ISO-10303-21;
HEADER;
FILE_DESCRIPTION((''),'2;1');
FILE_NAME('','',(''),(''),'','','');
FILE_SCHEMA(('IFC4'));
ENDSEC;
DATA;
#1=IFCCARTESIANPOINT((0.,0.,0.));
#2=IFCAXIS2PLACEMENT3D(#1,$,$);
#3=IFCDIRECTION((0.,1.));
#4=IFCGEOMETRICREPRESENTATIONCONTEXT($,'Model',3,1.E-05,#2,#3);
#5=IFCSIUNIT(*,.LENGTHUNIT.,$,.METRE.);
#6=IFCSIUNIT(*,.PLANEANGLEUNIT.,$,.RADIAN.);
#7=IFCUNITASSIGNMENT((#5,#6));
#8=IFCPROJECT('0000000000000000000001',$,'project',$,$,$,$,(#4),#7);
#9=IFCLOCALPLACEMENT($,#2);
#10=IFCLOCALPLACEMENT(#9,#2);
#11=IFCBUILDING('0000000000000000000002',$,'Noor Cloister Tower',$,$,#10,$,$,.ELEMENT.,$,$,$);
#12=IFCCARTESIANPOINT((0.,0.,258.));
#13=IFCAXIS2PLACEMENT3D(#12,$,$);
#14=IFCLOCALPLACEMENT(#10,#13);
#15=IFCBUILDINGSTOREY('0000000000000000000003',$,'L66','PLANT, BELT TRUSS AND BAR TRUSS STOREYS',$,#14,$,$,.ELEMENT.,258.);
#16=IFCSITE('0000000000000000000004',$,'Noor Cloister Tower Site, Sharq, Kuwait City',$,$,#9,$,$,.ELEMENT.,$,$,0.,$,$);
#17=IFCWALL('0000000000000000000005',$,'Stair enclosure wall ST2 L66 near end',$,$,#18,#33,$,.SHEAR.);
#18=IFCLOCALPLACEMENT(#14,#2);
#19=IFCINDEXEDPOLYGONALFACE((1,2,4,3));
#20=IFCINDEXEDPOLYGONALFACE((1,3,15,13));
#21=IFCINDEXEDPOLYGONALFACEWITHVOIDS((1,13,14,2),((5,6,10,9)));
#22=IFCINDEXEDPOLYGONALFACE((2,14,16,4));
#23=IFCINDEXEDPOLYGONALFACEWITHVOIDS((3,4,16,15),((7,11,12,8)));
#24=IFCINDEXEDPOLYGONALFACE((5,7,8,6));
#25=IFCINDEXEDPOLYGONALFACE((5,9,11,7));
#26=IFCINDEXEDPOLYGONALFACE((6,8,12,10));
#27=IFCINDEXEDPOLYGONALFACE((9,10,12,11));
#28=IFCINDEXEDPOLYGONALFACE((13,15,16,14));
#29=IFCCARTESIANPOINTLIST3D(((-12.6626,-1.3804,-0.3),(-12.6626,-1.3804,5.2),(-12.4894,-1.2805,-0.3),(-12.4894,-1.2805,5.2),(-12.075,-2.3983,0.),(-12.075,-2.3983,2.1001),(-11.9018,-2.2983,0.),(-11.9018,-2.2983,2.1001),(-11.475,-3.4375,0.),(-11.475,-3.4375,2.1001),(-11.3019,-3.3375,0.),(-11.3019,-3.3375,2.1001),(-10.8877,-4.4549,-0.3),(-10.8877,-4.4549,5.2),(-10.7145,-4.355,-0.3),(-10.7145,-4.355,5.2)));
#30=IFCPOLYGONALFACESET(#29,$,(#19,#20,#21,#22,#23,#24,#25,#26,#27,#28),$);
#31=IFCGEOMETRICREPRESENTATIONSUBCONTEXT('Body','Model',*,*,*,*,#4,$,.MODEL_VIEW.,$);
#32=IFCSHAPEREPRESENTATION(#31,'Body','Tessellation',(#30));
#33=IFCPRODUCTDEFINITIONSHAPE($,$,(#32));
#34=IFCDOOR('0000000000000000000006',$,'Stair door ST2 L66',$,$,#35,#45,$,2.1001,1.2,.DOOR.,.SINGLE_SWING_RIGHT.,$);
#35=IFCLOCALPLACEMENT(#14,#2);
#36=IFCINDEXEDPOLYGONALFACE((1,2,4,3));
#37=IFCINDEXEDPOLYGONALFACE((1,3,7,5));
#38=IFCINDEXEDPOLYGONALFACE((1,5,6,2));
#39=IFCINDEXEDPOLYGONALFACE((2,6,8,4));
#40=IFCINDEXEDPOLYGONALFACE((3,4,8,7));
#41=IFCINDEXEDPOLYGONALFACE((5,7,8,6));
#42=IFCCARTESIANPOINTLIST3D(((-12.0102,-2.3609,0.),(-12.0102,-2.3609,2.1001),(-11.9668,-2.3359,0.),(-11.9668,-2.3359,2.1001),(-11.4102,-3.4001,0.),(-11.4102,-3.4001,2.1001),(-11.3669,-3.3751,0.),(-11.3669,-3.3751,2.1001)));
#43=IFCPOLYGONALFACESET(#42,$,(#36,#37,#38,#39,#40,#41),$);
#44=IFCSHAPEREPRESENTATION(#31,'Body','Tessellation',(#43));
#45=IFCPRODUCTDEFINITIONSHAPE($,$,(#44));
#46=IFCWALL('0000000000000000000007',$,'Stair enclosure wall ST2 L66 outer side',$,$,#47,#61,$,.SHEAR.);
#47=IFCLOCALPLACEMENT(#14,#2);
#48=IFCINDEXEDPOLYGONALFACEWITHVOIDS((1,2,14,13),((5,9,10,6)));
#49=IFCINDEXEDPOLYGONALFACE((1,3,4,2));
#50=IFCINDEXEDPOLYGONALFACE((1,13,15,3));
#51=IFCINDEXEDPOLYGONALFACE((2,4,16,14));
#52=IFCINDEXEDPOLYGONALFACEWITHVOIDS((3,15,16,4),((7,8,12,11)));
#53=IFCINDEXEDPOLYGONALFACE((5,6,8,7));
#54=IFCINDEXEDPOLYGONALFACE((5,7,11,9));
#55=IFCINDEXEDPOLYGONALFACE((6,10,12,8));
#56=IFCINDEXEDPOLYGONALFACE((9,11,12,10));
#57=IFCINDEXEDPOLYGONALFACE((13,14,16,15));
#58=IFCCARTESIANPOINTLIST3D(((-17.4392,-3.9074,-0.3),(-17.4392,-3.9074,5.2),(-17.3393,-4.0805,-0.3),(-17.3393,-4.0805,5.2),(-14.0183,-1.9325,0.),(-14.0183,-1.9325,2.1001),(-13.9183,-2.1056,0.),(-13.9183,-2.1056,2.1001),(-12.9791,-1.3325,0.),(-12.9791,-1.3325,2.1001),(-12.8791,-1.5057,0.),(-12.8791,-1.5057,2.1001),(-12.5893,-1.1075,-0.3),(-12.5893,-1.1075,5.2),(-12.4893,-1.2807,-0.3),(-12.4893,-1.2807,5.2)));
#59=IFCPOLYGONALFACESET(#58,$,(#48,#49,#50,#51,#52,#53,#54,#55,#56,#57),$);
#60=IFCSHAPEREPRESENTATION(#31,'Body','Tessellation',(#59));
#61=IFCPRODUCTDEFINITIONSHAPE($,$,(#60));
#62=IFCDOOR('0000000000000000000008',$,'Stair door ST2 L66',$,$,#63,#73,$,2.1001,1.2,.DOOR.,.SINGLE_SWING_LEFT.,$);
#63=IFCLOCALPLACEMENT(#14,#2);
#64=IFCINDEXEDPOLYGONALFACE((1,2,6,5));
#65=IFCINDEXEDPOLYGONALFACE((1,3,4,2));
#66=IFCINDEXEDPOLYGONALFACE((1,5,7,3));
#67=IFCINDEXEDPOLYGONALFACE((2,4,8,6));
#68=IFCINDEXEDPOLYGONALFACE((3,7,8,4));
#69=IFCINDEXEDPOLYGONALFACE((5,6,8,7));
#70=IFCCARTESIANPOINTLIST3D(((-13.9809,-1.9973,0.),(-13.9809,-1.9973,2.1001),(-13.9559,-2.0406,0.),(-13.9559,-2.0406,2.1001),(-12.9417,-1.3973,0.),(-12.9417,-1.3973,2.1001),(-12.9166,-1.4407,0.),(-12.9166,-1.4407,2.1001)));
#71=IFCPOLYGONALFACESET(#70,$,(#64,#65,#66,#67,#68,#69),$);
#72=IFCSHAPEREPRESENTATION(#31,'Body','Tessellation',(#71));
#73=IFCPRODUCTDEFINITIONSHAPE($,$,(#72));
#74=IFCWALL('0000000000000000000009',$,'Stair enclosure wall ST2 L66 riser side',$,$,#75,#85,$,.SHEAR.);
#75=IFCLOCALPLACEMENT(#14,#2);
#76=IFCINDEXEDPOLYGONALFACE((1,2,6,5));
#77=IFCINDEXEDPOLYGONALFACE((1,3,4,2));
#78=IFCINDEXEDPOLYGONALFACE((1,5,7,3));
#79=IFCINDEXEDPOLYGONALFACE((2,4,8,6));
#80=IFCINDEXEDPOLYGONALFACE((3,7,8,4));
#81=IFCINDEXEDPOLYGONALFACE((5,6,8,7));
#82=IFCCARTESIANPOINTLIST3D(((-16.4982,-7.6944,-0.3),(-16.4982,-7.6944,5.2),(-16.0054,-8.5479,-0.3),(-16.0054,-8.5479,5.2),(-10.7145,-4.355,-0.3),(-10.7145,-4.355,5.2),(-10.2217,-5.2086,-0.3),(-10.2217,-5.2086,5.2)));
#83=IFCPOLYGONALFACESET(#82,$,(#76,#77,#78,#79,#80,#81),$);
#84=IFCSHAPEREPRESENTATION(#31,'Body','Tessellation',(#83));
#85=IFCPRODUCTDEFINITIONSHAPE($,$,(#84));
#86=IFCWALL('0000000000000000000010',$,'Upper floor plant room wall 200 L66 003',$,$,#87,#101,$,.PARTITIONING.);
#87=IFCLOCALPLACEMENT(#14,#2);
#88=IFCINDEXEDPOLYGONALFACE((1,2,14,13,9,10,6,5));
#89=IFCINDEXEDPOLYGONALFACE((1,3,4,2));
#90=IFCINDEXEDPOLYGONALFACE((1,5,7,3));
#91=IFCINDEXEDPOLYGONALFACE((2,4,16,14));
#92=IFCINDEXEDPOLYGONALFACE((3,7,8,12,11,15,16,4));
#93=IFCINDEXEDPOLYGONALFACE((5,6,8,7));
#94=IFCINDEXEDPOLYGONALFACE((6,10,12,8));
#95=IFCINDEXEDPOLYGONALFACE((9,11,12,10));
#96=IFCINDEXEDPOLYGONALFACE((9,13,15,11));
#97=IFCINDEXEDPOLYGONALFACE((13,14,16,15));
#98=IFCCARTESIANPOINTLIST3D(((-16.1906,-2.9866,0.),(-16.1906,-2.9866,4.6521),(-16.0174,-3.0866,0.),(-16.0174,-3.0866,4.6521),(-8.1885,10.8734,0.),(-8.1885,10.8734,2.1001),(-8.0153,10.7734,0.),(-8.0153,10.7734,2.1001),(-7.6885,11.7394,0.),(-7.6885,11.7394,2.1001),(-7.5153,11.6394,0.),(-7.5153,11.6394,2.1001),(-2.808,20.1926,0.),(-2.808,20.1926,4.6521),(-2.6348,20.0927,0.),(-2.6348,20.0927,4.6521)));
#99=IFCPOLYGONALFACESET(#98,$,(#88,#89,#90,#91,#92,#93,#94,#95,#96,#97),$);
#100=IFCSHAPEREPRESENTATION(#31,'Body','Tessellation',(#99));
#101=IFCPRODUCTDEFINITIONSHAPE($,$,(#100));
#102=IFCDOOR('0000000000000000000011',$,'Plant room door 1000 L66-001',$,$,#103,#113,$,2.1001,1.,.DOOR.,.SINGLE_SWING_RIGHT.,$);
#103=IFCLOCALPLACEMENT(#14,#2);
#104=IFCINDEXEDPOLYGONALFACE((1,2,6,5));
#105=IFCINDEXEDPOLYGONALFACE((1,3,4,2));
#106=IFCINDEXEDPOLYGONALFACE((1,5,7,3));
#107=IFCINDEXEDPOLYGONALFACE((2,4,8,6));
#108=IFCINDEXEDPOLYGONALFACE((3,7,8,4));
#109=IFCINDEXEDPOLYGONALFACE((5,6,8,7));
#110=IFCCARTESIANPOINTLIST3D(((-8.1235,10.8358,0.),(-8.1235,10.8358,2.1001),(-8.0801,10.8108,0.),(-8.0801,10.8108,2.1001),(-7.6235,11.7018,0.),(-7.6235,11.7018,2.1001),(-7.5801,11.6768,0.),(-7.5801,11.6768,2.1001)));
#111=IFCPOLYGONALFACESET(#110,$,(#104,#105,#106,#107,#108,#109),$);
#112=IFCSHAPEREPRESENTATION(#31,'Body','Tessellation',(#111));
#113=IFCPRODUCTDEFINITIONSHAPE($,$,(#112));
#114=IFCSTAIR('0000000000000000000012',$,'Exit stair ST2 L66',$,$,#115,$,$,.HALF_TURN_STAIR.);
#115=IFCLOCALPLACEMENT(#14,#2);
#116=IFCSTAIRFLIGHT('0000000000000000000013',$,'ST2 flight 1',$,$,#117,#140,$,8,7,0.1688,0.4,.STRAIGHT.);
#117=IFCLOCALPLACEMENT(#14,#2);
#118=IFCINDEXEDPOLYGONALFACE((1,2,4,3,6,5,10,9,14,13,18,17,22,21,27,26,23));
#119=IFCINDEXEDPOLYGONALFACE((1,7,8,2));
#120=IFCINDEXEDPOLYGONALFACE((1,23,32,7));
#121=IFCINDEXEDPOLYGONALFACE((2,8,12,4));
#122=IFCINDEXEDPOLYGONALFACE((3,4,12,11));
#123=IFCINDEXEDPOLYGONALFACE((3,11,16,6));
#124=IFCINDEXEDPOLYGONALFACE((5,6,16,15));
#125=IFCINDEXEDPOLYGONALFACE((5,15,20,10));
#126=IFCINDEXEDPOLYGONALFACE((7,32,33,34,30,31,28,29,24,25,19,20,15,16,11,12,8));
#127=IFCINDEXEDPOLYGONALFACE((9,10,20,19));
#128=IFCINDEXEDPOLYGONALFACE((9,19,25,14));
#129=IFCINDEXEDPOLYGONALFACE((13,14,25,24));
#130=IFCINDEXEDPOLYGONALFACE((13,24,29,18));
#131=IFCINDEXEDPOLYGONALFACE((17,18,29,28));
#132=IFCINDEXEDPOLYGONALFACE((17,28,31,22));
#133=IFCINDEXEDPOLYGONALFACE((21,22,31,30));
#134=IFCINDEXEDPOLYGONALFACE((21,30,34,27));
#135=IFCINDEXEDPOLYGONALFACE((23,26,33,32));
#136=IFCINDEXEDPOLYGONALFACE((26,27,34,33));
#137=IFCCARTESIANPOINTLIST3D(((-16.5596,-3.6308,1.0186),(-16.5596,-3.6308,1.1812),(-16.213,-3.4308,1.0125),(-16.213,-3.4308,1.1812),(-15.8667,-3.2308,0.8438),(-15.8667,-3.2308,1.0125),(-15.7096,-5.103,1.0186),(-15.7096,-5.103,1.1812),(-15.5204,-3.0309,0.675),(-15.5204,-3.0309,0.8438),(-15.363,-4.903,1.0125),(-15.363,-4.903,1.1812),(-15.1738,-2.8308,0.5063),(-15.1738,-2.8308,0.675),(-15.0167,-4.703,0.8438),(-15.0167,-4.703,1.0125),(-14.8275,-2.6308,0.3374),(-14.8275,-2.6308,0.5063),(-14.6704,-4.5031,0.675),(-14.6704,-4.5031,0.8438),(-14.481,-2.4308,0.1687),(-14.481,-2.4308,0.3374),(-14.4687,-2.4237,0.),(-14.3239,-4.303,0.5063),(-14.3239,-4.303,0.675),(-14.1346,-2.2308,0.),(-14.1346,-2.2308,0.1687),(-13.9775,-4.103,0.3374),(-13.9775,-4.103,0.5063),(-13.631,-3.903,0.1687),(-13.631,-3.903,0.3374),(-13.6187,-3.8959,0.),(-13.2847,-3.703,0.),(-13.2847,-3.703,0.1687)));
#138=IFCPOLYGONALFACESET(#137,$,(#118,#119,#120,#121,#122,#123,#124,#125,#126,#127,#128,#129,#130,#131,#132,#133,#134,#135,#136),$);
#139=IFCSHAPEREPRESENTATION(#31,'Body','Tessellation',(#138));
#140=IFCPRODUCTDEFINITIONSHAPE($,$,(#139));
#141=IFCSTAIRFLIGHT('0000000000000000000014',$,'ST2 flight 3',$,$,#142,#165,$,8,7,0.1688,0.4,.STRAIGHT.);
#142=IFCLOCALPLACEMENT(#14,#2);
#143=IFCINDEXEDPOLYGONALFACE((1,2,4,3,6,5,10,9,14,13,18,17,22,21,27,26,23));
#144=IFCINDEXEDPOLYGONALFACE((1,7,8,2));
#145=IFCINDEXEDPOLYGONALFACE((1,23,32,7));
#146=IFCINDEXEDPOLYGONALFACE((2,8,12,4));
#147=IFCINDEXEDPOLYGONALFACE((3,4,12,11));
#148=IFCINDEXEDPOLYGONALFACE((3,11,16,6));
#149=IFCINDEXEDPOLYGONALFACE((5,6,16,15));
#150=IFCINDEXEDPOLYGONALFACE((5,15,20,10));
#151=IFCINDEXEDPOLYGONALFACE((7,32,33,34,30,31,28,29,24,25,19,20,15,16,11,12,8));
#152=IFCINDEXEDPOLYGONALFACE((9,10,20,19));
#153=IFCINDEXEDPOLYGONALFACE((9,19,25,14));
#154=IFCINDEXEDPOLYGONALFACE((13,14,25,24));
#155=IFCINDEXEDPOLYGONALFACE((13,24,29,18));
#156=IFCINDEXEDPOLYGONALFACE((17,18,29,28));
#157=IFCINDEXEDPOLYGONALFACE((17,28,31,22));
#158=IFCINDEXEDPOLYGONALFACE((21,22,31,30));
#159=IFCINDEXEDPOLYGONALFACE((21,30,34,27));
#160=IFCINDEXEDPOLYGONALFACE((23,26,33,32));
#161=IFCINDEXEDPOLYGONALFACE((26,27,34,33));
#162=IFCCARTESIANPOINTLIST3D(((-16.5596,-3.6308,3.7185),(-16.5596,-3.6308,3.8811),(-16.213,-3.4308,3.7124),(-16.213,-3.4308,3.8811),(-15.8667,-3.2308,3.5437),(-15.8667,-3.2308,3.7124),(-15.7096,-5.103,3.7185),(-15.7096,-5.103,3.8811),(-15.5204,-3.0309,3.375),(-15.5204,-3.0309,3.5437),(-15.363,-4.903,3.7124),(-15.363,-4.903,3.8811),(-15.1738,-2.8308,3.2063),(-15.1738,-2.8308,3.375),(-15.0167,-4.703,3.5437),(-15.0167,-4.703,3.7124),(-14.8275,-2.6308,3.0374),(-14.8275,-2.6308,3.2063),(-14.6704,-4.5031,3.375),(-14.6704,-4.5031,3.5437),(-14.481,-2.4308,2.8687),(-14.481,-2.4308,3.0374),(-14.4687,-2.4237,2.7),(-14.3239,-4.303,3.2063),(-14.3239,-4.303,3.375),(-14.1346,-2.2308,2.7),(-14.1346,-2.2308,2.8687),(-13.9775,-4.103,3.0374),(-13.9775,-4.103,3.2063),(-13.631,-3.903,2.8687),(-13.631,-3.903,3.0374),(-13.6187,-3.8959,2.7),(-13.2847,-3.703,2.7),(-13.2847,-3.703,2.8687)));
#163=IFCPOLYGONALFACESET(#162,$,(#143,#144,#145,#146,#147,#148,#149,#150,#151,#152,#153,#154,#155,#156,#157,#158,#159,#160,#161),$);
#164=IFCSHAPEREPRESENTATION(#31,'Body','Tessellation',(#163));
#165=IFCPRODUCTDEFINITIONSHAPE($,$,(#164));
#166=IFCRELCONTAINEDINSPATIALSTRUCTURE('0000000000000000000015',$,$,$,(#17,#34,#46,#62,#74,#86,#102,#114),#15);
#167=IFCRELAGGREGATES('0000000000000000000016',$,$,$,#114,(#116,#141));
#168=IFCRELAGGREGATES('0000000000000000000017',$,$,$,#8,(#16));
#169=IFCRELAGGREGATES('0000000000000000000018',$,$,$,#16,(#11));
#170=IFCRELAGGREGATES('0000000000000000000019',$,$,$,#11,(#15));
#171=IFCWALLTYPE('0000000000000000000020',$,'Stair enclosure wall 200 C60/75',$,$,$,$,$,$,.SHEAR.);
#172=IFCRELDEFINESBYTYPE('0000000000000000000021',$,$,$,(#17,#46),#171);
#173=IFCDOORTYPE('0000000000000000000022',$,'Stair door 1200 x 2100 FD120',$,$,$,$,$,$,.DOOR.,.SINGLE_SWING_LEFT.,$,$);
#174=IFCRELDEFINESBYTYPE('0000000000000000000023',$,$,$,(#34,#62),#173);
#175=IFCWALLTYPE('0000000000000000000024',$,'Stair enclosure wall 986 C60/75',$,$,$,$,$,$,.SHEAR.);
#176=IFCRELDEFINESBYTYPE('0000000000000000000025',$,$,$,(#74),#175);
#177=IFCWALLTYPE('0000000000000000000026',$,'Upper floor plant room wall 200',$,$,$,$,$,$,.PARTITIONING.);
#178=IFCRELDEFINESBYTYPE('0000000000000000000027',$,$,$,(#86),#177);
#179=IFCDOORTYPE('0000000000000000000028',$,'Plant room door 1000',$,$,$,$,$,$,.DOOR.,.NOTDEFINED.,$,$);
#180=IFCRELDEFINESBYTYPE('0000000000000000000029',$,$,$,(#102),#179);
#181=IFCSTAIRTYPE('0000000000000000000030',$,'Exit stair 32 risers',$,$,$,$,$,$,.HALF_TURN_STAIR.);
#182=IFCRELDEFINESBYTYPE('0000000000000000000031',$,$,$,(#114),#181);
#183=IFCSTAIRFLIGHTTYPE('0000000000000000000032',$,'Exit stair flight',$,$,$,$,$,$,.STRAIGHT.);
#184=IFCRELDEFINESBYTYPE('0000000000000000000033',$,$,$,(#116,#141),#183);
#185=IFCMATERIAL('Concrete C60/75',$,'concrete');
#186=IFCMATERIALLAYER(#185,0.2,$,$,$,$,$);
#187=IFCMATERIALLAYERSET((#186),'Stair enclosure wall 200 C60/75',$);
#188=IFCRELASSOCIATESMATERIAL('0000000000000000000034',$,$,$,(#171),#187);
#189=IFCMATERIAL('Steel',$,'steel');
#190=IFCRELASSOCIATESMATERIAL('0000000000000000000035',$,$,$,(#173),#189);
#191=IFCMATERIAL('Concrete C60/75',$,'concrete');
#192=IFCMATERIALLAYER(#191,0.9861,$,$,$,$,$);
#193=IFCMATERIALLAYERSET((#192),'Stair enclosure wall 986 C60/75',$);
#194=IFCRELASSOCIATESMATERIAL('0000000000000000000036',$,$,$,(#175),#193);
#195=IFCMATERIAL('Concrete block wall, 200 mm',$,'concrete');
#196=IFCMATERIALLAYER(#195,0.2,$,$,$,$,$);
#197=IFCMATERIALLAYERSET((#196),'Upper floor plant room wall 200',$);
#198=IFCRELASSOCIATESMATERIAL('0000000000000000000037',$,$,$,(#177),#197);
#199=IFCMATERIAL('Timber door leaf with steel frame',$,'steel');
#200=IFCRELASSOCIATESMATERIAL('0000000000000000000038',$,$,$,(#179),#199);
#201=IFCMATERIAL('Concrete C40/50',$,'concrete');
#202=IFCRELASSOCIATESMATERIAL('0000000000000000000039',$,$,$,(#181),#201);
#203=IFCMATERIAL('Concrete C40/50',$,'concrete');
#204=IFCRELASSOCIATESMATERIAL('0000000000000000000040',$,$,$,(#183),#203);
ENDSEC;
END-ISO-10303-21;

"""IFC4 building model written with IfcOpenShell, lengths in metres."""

from ifc_helpers import new_model, si_unit, direction, frame, frame_2d, origin, place, context, subcontext, project, spatial, polyline, rectangle, outline, extrude, material, layer, layer_set, type_object, element, fill, aggregate, save


model = new_model("IFC4")

# Units and contexts
model_context = context("Model", 3, precision=1e-05, world=origin(), true_north=direction((0.0, 1.0)))
body_context = subcontext(model_context, "Body", "Model", "MODEL_VIEW")
ifc_project = project(units=[si_unit("LENGTHUNIT", "METRE"), si_unit("PLANEANGLEUNIT", "RADIAN")], contexts=[model_context])

# Site, building, storey
site_placement = place(None, origin())
site = spatial("IfcSite", under=ifc_project, at=site_placement, Name="Noor Cloister Tower Site, Sharq, Kuwait City", CompositionType="ELEMENT", RefElevation=0.0)
building_placement = place(site_placement, origin())
building = spatial("IfcBuilding", under=site, at=building_placement, Name="Noor Cloister Tower", CompositionType="ELEMENT")
storey_placement = place(building_placement, frame((0.0, 0.0, 258.0)))
storey = spatial("IfcBuildingStorey", under=building, at=storey_placement, Name="L66", Description="PLANT, BELT TRUSS AND BAR TRUSS STOREYS", CompositionType="ELEMENT", Elevation=258.0)

# Walls, openings, doors
ifc_material_1 = material(Name="Concrete C60/75", Category="concrete")
ifc_layer_1 = layer(ifc_material_1, 0.2)
ifc_layer_set_1 = layer_set([ifc_layer_1], Name="Stair enclosure wall 200 C60/75")
wall_type_1 = type_object("IfcWallType", Name="Stair enclosure wall 200 C60/75", PredefinedType="SHEAR", material=ifc_layer_set_1)
wall_1_placement = place(storey_placement, frame((-12.5759, -1.3306, -0.3), z_axis=(0.0, 0.0, 1.0), x_axis=(0.49997, -0.866042, 0.0)))
wall_1 = element("IfcWall", 1, at=wall_1_placement, inside=storey, type_object=wall_type_1, Name="Stair enclosure wall ST2 L66 near end", PredefinedType="SHEAR", context=body_context, shape_type="SweptSolid", body=[
    extrude(rectangle(XDim=3.55, YDim=0.2, at=frame_2d((1.7749, 0.0))), origin(), (0.0, 0.0, 1.0), 5.5),
])
opening_1_placement = place(wall_1_placement, frame((1.175, 0.0, 0.3)))
opening_1 = element("IfcOpeningElement", 2, at=opening_1_placement, cuts=wall_1, PredefinedType="OPENING", context=body_context, shape_type="SweptSolid", body=[
    extrude(rectangle(XDim=1.2, YDim=2.1001, at=frame_2d((0.6001, 1.05))), frame((0.0, 0.1099, 0.0), z_axis=(0.0, -1.0, 0.0), x_axis=(1.0, 0.0, 0.0)), (0.0, 0.0, 1.0), 0.22),
])
ifc_material_2 = material(Name="Steel", Category="steel")
door_type_1 = type_object("IfcDoorType", Name="Stair door 1200 x 2100 FD120", OperationType="SINGLE_SWING_LEFT", PredefinedType="DOOR", material=ifc_material_2)
door_1_placement = place(opening_1_placement, origin())
door_1 = element("IfcDoor", 3, at=door_1_placement, inside=storey, type_object=door_type_1, Name="Stair door ST2 L66", OperationType="SINGLE_SWING_RIGHT", OverallHeight=2.1001, OverallWidth=1.2, PredefinedType="DOOR", context=body_context, shape_type="SweptSolid", body=[
    extrude(rectangle(XDim=1.2, YDim=2.1001, at=frame_2d((0.6001, 1.05))), frame((0.0, 0.0249, 0.0), z_axis=(0.0, -1.0, 0.0), x_axis=(1.0, 0.0, 0.0)), (0.0, 0.0, 1.0), 0.05),
])
fill(opening_1, door_1)
wall_2_placement = place(storey_placement, frame((-12.5393, -1.1941, -0.3), z_axis=(0.0, 0.0, 1.0), x_axis=(-0.866045, -0.499965, 0.0)))
wall_2 = element("IfcWall", 4, at=wall_2_placement, inside=storey, type_object=wall_type_1, Name="Stair enclosure wall ST2 L66 outer side", PredefinedType="SHEAR", context=body_context, shape_type="SweptSolid", body=[
    extrude(rectangle(XDim=5.6001, YDim=0.2, at=frame_2d((2.8, 0.0))), origin(), (0.0, 0.0, 1.0), 5.5),
])
opening_2_placement = place(wall_2_placement, frame((0.45, 0.0, 0.3)))
opening_2 = element("IfcOpeningElement", 5, at=opening_2_placement, cuts=wall_2, PredefinedType="OPENING", context=body_context, shape_type="SweptSolid", body=[
    extrude(rectangle(XDim=1.2, YDim=2.1001, at=frame_2d((0.6001, 1.05))), frame((0.0, 0.1099, 0.0), z_axis=(0.0, -1.0, 0.0), x_axis=(1.0, 0.0, 0.0)), (0.0, 0.0, 1.0), 0.22),
])
door_2_placement = place(opening_2_placement, origin())
door_2 = element("IfcDoor", 6, at=door_2_placement, inside=storey, type_object=door_type_1, Name="Stair door ST2 L66", OperationType="SINGLE_SWING_LEFT", OverallHeight=2.1001, OverallWidth=1.2, PredefinedType="DOOR", context=body_context, shape_type="SweptSolid", body=[
    extrude(rectangle(XDim=1.2, YDim=2.1001, at=frame_2d((0.6001, 1.05))), frame((0.0, 0.0249, 0.0), z_axis=(0.0, -1.0, 0.0), x_axis=(1.0, 0.0, 0.0)), (0.0, 0.0, 1.0), 0.05),
])
fill(opening_2, door_2)

# Wall
ifc_material_3 = material(Name="Concrete C60/75", Category="concrete")
ifc_layer_2 = layer(ifc_material_3, 0.9861)
ifc_layer_set_2 = layer_set([ifc_layer_2], Name="Stair enclosure wall 986 C60/75")
wall_type_2 = type_object("IfcWallType", Name="Stair enclosure wall 986 C60/75", PredefinedType="SHEAR", material=ifc_layer_set_2)
wall_3_placement = place(storey_placement, frame((-10.468, -4.7817, -0.3), z_axis=(0.0, 0.0, 1.0), x_axis=(-0.866016, -0.500016, 0.0)))
element("IfcWall", 7, at=wall_3_placement, inside=storey, type_object=wall_type_2, Name="Stair enclosure wall ST2 L66 riser side", PredefinedType="SHEAR", context=body_context, shape_type="SweptSolid", body=[
    extrude(rectangle(XDim=6.6785, YDim=0.9856, at=frame_2d((3.3394, 0.0))), origin(), (0.0, 0.0, 1.0), 5.5),
])

# Wall, opening, door
ifc_material_4 = material(Name="Concrete block wall, 200 mm", Category="concrete")
ifc_layer_3 = layer(ifc_material_4, 0.2)
ifc_layer_set_3 = layer_set([ifc_layer_3], Name="Upper floor plant room wall 200")
wall_type_3 = type_object("IfcWallType", Name="Upper floor plant room wall 200", PredefinedType="PARTITIONING", material=ifc_layer_set_3)
wall_4_placement = place(storey_placement, frame((-16.104, -3.0366, 0.0), z_axis=(0.0, 0.0, 1.0), x_axis=(0.500001, 0.866025, 0.0)))
wall_4 = element("IfcWall", 8, at=wall_4_placement, inside=storey, type_object=wall_type_3, Name="Upper floor plant room wall 200 L66 003", PredefinedType="PARTITIONING", context=body_context, shape_type="SweptSolid", body=[
    extrude(rectangle(XDim=26.7651, YDim=0.2, at=frame_2d((13.3826, 0.0))), origin(), (0.0, 0.0, 1.0), 4.6521),
])
opening_3_placement = place(wall_4_placement, frame((16.0042, 0.0, 0.0)))
opening_3 = element("IfcOpeningElement", 9, at=opening_3_placement, cuts=wall_4, PredefinedType="OPENING", context=body_context, shape_type="SweptSolid", body=[
    extrude(rectangle(XDim=1.0, YDim=2.1001, at=frame_2d((0.5, 1.05))), frame((0.0, 0.1099, 0.0), z_axis=(0.0, -1.0, 0.0), x_axis=(1.0, 0.0, 0.0)), (0.0, 0.0, 1.0), 0.22),
])
ifc_material_5 = material(Name="Timber door leaf with steel frame", Category="steel")
door_type_2 = type_object("IfcDoorType", Name="Plant room door 1000", OperationType="NOTDEFINED", PredefinedType="DOOR", material=ifc_material_5)
door_3_placement = place(opening_3_placement, origin())
door_3 = element("IfcDoor", 10, at=door_3_placement, inside=storey, type_object=door_type_2, Name="Plant room door 1000 L66-001", OperationType="SINGLE_SWING_RIGHT", OverallHeight=2.1001, OverallWidth=1.0, PredefinedType="DOOR", context=body_context, shape_type="SweptSolid", body=[
    extrude(rectangle(XDim=1.0, YDim=2.1001, at=frame_2d((0.5, 1.05))), frame((0.0, 0.0249, 0.0), z_axis=(0.0, -1.0, 0.0), x_axis=(1.0, 0.0, 0.0)), (0.0, 0.0, 1.0), 0.05),
])
fill(opening_3, door_3)

# Stair, stair flights
ifc_material_6 = material(Name="Concrete C40/50", Category="concrete")
stair_type = type_object("IfcStairType", Name="Exit stair 32 risers", PredefinedType="HALF_TURN_STAIR", material=ifc_material_6)
stair_placement = place(storey_placement, origin())
stair = element("IfcStair", 11, at=stair_placement, inside=storey, type_object=stair_type, Name="Exit stair ST2 L66", PredefinedType="HALF_TURN_STAIR")
ifc_material_7 = material(Name="Concrete C40/50", Category="concrete")
stair_flight_type = type_object("IfcStairFlightType", Name="Exit stair flight", PredefinedType="STRAIGHT", material=ifc_material_7)
stair_flight_1_placement = place(storey_placement, frame((-13.7097, -2.9668, 0.0), z_axis=(0.0, 0.0, 1.0), x_axis=(-0.866025, -0.5, 0.0)))
stair_flight_1 = element("IfcStairFlight", 12, at=stair_flight_1_placement, type_object=stair_flight_type, Name="ST2 flight 1", NumberOfRisers=8, NumberOfTreads=7, PredefinedType="STRAIGHT", RiserHeight=0.1688, TreadLength=0.4, context=body_context, shape_type="SweptSolid", body=[
    extrude(outline(polyline([(0.0, 0.0), (0.0, 0.1687), (0.3999, 0.1687), (0.3999, 0.3374), (0.8, 0.3374), (0.8, 0.5063), (1.2, 0.5063), (1.2, 0.675), (1.6001, 0.675), (1.6001, 0.8438), (2.0, 0.8438), (2.0, 1.0125), (2.3999, 1.0125), (2.3999, 1.1812), (2.8, 1.1812), (2.8, 1.3501), (2.8, 1.0186), (0.3857, 0.0), (0.0, 0.0)])), frame((0.0, 0.8501, 0.0), z_axis=(0.0, -1.0, 0.0), x_axis=(1.0, 0.0, 0.0)), (0.0, 0.0, 1.0), 1.7),
])
stair_flight_2_placement = place(storey_placement, frame((-13.7097, -2.9668, 2.7), z_axis=(0.0, 0.0, 1.0), x_axis=(-0.866025, -0.5, 0.0)))
stair_flight_2 = element("IfcStairFlight", 13, at=stair_flight_2_placement, type_object=stair_flight_type, Name="ST2 flight 3", NumberOfRisers=8, NumberOfTreads=7, PredefinedType="STRAIGHT", RiserHeight=0.1688, TreadLength=0.4, context=body_context, shape_type="SweptSolid", body=[
    extrude(outline(polyline([(0.0, 0.0), (0.0, 0.1687), (0.3999, 0.1687), (0.3999, 0.3374), (0.8, 0.3374), (0.8, 0.5063), (1.2, 0.5063), (1.2, 0.675), (1.6001, 0.675), (1.6001, 0.8438), (2.0, 0.8438), (2.0, 1.0125), (2.3999, 1.0125), (2.3999, 1.1812), (2.8, 1.1812), (2.8, 1.3501), (2.8, 1.0186), (0.3857, 0.0), (0.0, 0.0)])), frame((0.0, 0.8501, 0.0), z_axis=(0.0, -1.0, 0.0), x_axis=(1.0, 0.0, 0.0)), (0.0, 0.0, 1.0), 1.7),
])
aggregate(stair, [stair_flight_1, stair_flight_2])

save(model, "model.ifc")
